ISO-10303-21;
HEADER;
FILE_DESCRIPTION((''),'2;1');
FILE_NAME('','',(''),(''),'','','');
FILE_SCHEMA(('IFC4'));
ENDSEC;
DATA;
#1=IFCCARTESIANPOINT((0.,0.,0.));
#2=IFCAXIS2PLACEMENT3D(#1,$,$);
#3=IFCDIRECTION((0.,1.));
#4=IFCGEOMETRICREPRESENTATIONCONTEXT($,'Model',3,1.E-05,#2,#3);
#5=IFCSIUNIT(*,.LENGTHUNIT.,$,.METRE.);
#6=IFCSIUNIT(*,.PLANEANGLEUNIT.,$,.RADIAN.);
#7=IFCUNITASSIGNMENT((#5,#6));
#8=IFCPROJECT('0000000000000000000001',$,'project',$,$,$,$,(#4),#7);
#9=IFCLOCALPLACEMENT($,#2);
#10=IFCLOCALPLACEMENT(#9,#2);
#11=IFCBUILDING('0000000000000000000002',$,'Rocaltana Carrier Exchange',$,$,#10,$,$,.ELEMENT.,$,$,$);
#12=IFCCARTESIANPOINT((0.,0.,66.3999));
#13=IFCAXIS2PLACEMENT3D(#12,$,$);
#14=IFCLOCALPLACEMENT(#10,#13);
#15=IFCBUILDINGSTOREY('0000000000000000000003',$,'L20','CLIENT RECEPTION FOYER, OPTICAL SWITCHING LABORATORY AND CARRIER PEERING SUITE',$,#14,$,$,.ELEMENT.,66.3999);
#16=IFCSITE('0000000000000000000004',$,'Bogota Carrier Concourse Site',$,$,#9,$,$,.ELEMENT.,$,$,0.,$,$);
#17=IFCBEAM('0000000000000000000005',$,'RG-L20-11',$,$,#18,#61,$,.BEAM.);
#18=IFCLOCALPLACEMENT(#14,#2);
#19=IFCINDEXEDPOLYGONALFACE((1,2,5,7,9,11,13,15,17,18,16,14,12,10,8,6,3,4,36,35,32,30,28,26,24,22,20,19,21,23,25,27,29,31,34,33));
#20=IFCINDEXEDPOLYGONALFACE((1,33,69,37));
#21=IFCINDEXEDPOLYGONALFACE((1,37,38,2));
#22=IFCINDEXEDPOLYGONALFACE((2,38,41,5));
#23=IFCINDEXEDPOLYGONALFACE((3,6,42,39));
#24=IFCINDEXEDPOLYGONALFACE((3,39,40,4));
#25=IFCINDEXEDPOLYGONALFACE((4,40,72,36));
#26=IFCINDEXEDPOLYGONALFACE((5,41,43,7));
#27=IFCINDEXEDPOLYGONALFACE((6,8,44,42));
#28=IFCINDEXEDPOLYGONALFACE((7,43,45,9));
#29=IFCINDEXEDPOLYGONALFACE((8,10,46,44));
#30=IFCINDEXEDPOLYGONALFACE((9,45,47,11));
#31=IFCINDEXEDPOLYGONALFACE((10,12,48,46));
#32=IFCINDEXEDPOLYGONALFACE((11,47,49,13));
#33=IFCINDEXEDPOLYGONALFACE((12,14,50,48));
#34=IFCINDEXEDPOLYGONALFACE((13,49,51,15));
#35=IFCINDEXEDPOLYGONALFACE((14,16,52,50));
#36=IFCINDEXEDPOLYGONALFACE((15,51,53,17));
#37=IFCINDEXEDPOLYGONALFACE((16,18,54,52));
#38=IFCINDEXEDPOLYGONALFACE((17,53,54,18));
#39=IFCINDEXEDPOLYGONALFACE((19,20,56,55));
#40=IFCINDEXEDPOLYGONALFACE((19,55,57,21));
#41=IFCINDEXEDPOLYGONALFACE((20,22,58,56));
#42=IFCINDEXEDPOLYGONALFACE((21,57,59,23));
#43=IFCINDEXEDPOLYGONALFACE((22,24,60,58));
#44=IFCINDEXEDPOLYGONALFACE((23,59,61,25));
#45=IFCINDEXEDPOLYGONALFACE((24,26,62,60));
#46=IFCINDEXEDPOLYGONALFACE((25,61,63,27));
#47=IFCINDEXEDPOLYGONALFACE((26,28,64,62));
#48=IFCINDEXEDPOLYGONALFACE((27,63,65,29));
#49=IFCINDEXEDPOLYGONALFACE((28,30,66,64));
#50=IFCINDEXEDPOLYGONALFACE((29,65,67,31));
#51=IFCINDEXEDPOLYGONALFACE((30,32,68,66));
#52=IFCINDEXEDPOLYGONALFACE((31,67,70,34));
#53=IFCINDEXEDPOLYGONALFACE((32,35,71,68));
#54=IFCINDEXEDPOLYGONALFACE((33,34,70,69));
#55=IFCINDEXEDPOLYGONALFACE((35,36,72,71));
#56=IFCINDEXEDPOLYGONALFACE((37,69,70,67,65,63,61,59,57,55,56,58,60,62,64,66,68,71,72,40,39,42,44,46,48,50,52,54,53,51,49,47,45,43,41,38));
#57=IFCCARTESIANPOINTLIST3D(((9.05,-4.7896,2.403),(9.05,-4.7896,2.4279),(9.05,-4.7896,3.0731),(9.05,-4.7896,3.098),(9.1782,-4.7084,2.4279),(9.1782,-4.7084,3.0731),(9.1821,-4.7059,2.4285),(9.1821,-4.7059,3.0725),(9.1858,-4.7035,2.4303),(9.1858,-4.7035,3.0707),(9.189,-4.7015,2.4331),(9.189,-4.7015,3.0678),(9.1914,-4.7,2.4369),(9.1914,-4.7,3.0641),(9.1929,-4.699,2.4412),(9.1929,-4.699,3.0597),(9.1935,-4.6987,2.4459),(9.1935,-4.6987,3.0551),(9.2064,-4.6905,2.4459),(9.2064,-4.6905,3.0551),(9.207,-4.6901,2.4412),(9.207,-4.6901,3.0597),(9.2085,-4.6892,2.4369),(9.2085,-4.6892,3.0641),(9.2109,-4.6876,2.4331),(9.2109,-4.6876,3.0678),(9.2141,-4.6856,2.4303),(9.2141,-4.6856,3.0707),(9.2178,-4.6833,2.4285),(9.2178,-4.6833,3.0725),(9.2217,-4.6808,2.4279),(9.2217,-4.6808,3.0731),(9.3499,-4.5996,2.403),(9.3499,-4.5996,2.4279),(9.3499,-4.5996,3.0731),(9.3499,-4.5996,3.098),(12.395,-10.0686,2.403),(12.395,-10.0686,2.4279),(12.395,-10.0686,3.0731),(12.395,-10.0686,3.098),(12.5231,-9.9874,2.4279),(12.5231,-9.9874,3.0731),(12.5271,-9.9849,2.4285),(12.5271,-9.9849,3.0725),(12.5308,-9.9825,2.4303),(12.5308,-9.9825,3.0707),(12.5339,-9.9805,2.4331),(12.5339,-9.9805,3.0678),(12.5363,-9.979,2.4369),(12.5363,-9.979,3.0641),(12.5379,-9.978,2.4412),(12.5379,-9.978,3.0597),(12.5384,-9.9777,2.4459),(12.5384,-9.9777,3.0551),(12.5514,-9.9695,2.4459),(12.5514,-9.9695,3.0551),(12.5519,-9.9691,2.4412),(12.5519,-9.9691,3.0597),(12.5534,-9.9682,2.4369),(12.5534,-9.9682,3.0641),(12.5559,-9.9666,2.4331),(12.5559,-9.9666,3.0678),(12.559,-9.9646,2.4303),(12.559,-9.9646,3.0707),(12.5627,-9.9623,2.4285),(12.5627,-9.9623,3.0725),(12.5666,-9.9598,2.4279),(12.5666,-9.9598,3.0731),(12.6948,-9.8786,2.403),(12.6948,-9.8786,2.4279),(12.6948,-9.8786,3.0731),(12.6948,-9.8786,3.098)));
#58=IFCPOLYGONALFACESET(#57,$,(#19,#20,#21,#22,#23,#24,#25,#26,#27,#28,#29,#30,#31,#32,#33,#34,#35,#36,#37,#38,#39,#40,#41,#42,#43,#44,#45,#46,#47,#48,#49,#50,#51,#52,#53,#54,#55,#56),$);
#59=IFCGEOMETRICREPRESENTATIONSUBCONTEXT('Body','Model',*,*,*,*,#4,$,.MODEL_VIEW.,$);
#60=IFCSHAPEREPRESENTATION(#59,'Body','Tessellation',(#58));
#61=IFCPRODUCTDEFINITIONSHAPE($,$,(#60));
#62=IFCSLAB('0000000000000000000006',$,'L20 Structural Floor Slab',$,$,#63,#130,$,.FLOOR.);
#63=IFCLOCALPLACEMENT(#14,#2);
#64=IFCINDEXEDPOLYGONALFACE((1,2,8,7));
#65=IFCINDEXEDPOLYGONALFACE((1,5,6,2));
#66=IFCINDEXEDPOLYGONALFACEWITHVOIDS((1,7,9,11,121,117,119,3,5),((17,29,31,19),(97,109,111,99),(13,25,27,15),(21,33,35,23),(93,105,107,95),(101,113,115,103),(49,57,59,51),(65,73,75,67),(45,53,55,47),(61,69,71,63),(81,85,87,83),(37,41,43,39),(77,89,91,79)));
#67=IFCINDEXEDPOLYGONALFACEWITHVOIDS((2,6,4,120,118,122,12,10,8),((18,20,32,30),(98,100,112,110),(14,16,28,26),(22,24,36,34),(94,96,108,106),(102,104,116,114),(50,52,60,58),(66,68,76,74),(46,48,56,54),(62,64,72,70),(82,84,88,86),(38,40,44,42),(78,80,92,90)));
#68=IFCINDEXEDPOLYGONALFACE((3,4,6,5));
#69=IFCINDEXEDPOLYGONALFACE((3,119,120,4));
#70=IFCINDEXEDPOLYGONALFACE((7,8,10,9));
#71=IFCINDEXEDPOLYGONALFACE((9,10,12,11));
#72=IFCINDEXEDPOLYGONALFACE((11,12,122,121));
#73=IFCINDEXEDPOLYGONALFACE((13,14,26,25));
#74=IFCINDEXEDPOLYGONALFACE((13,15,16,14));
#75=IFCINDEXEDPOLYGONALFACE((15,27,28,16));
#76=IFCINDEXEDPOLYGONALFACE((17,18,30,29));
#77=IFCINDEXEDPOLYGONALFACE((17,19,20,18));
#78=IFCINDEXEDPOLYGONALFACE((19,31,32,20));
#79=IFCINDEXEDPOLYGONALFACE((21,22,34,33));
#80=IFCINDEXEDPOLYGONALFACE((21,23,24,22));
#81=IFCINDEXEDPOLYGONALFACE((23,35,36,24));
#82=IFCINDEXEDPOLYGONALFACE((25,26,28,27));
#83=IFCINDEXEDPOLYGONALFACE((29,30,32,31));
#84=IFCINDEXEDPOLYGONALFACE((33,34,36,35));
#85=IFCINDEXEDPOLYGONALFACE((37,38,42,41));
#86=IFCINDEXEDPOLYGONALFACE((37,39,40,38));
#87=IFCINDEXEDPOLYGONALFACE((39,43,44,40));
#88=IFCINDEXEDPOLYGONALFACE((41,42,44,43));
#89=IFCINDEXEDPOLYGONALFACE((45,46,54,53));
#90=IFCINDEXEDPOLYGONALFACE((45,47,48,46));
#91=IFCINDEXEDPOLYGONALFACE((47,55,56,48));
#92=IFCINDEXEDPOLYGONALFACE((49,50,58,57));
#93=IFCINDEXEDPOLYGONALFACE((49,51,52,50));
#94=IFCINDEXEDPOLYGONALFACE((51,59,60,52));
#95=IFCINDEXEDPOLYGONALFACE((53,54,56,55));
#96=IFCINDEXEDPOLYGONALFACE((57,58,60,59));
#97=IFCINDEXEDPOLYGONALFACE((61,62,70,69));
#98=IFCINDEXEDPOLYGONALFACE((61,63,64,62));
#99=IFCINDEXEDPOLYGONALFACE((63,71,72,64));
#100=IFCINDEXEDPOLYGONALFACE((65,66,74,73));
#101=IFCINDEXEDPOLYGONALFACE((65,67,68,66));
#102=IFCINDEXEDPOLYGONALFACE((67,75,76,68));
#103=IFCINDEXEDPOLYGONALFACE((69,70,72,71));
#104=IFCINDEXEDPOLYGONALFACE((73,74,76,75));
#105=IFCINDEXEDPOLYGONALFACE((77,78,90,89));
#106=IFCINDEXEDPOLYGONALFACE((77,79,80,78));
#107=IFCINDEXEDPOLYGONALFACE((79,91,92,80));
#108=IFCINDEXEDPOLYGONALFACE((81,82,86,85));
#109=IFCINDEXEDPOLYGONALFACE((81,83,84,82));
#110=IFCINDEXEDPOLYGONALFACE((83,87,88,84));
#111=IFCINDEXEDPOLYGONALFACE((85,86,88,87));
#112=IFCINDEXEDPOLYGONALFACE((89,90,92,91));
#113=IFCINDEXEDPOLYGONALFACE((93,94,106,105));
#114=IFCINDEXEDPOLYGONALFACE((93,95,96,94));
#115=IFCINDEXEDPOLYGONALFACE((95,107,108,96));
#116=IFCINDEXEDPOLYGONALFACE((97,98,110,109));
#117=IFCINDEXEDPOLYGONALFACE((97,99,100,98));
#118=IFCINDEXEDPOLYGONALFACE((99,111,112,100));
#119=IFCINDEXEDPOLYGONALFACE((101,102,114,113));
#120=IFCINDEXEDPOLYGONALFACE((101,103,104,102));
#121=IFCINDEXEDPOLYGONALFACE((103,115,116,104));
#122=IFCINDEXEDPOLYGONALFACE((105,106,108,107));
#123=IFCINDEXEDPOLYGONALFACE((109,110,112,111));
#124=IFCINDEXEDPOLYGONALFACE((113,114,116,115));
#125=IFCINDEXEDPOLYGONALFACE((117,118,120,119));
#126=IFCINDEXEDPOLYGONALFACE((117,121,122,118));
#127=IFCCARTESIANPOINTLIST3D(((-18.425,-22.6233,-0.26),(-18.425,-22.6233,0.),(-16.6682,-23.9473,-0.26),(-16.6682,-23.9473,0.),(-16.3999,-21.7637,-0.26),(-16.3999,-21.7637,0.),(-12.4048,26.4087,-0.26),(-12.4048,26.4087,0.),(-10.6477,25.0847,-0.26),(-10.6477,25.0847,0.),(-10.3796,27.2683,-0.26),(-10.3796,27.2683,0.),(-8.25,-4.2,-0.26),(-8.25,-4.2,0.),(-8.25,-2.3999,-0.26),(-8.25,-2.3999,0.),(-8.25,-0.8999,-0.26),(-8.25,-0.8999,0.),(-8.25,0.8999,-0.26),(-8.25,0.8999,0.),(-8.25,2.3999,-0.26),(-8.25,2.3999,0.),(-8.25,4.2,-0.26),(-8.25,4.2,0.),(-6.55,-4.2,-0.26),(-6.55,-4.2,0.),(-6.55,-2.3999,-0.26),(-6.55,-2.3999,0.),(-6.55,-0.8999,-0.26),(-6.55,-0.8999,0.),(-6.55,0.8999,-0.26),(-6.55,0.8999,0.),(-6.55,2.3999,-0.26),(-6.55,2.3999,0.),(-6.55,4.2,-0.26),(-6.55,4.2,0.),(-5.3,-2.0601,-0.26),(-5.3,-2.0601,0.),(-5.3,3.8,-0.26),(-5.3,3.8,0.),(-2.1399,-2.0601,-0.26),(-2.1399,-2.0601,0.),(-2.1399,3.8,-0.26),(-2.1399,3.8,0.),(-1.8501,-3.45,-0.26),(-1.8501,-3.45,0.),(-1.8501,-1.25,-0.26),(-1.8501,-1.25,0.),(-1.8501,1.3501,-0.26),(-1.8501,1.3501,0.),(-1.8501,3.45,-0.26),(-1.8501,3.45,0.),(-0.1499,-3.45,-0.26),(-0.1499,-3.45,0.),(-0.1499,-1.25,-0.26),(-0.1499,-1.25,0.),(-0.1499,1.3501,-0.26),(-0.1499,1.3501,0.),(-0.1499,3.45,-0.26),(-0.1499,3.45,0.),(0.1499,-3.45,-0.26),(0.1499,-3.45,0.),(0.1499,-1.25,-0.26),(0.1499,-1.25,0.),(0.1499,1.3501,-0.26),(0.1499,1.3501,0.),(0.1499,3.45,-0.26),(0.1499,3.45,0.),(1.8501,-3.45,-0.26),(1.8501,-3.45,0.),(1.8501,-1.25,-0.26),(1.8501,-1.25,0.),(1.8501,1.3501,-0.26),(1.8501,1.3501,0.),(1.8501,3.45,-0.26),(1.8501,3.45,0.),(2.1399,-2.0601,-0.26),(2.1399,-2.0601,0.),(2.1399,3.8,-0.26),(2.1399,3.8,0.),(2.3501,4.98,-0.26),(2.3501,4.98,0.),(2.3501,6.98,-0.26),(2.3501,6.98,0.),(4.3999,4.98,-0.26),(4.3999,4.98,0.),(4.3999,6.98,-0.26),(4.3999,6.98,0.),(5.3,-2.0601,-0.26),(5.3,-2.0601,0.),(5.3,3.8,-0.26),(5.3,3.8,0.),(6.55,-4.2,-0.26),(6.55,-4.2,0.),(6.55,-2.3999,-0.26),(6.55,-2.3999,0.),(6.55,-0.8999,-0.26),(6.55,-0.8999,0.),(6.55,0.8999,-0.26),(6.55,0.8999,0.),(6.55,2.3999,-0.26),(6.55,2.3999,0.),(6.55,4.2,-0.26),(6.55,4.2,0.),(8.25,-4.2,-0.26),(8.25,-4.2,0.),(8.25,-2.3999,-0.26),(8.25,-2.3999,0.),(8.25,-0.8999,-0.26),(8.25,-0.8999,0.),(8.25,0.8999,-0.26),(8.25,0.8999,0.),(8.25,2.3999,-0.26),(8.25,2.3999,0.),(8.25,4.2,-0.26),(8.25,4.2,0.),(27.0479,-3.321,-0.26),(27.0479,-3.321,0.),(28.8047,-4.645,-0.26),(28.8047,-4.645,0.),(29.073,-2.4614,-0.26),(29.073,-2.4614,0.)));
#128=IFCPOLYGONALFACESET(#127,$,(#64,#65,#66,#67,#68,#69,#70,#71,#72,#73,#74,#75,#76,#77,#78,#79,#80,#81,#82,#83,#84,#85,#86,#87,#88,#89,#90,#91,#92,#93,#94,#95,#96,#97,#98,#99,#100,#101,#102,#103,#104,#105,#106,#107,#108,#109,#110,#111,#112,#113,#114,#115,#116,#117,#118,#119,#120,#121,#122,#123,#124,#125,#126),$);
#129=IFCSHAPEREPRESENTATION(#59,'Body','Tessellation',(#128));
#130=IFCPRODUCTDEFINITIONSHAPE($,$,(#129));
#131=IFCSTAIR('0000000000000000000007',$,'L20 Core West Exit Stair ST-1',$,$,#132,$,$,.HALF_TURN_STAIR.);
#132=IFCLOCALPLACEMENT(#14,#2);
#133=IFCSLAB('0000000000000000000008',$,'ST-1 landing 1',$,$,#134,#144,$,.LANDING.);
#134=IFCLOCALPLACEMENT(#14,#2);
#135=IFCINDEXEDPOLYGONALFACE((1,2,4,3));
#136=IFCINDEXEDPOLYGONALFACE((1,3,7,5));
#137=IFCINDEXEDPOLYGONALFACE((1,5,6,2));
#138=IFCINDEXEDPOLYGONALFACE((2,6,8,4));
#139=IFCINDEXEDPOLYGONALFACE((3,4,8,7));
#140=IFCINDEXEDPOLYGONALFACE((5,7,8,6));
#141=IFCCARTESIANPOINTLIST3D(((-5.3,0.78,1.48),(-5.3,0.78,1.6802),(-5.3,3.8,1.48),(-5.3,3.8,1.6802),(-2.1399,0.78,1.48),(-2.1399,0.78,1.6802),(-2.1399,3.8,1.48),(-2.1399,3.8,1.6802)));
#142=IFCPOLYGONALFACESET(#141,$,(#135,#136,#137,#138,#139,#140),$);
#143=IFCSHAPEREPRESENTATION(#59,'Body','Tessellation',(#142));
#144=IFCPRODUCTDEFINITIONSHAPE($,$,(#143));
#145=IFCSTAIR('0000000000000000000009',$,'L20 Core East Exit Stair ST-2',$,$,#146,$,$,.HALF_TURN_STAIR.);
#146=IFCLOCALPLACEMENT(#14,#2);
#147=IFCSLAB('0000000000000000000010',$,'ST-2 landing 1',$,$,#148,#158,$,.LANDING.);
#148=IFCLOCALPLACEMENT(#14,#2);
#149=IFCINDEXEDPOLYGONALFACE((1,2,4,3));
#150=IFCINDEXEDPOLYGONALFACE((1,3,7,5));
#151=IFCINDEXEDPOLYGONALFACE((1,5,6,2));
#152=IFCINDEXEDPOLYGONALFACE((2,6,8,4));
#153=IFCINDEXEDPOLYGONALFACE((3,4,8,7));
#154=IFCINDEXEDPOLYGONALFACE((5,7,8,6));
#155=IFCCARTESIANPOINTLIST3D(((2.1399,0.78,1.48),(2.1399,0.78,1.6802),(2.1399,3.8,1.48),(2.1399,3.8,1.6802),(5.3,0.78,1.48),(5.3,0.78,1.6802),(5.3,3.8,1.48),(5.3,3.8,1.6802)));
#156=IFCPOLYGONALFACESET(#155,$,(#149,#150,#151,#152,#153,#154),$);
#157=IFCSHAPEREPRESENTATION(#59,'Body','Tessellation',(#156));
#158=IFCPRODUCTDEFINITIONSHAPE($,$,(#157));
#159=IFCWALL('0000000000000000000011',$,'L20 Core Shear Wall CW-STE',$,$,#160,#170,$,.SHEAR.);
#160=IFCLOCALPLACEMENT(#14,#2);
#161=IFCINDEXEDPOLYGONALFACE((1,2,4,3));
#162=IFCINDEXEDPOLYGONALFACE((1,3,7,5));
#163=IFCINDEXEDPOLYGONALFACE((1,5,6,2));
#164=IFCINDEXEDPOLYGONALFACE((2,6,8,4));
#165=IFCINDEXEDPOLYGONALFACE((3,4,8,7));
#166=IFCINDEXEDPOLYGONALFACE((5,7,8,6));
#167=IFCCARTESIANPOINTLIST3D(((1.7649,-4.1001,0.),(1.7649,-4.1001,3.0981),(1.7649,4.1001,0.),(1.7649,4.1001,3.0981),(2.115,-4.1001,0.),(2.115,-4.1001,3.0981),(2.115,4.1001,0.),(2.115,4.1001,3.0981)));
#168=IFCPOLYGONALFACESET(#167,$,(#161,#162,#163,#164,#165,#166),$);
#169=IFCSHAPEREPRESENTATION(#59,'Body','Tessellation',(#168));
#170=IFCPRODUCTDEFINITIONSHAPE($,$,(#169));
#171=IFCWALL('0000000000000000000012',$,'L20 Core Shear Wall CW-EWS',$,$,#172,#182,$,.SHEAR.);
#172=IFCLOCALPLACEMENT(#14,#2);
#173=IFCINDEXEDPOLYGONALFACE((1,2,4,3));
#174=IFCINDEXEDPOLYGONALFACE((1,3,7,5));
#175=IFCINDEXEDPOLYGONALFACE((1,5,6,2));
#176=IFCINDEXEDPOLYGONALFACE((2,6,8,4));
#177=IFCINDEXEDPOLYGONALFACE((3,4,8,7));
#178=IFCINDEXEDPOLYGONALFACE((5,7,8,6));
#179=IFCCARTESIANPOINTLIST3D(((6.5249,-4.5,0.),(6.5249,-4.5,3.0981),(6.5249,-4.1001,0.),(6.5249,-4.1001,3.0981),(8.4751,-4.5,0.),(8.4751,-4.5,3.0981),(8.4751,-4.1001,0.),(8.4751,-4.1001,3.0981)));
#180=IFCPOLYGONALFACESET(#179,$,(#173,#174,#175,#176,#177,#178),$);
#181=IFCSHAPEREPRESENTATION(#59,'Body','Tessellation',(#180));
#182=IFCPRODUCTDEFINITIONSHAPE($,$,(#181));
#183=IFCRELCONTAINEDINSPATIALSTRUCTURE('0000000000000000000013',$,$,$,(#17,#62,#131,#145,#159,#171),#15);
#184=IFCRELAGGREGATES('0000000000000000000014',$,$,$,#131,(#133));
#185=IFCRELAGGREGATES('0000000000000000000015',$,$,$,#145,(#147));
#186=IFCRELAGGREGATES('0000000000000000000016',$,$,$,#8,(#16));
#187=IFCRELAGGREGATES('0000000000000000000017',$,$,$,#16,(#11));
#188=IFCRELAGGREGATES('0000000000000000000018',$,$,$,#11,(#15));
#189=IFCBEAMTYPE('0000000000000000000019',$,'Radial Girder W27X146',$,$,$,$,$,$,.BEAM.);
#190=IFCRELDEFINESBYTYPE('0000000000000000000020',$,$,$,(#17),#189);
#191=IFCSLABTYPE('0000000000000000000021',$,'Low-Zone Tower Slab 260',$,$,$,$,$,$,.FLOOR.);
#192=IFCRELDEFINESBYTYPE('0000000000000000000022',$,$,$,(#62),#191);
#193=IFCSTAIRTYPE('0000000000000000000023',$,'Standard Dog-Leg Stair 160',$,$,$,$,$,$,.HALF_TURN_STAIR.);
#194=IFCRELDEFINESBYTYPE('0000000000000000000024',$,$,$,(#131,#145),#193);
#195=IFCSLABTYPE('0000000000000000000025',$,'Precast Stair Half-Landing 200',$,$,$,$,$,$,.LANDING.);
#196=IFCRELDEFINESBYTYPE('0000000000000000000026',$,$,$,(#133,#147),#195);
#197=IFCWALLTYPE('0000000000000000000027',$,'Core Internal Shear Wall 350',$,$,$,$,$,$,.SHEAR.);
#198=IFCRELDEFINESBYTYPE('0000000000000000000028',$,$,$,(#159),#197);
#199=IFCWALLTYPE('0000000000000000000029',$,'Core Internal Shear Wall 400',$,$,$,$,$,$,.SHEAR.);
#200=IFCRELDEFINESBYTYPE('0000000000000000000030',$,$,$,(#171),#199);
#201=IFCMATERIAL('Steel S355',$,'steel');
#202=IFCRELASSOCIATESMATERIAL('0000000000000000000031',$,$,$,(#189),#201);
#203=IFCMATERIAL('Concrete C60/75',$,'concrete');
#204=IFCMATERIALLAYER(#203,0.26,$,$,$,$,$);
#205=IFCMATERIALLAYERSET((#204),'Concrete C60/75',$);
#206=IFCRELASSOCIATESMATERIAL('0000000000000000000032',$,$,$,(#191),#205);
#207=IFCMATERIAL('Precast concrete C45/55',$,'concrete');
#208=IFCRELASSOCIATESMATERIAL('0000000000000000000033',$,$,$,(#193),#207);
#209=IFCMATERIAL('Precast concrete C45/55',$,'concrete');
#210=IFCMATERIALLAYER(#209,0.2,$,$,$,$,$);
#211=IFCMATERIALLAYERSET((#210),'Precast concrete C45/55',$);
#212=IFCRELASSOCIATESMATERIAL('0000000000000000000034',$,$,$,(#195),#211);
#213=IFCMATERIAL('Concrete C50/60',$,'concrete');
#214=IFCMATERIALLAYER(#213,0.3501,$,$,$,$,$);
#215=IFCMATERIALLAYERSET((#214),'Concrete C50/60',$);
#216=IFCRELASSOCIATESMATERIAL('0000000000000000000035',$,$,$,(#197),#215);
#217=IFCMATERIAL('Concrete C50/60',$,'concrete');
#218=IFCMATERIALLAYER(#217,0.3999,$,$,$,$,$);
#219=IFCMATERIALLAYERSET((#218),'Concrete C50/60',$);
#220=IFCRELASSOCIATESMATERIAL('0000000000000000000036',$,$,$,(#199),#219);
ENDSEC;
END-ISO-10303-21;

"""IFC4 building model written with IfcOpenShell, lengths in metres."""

from ifc_helpers import new_model, si_unit, direction, frame, frame_2d, origin, origin_2d, place, context, subcontext, project, spatial, polyline, rectangle, i_section, outline, extrude, material, layer, layer_set, material_profile, profile_set, type_object, element, aggregate, save


model = new_model("IFC4")

# Units and contexts
model_context = context("Model", 3, precision=1e-05, world=origin(), true_north=direction((0.0, 1.0)))
body_context = subcontext(model_context, "Body", "Model", "MODEL_VIEW")
ifc_project = project(units=[si_unit("LENGTHUNIT", "METRE"), si_unit("PLANEANGLEUNIT", "RADIAN")], contexts=[model_context])

# Site, building, storey
site_placement = place(None, origin())
site = spatial("IfcSite", under=ifc_project, at=site_placement, Name="Bogota Carrier Concourse Site", CompositionType="ELEMENT", RefElevation=0.0)
building_placement = place(site_placement, origin())
building = spatial("IfcBuilding", under=site, at=building_placement, Name="Rocaltana Carrier Exchange", CompositionType="ELEMENT")
storey_placement = place(building_placement, frame((0.0, 0.0, 66.3999)))
storey = spatial("IfcBuildingStorey", under=building, at=storey_placement, Name="L20", Description="CLIENT RECEPTION FOYER, OPTICAL SWITCHING LABORATORY AND CARRIER PEERING SUITE", CompositionType="ELEMENT", Elevation=66.3999)

# Beam
ifc_material_1 = material(Name="Steel S355", Category="steel")
ifc_material_profile_1 = material_profile(ifc_material_1, i_section(OverallWidth=0.355, OverallDepth=0.6951, WebThickness=0.0154, FlangeThickness=0.0249, FilletRadius=0.0181, at=origin_2d()), Name="W27X146")
ifc_profile_set_1 = profile_set([ifc_material_profile_1], Name="Steel S355")
beam_type = type_object("IfcBeamType", Name="Radial Girder W27X146", PredefinedType="BEAM", material=ifc_profile_set_1)
beam_placement = place(storey_placement, frame((9.2, -4.6946, 2.7505), z_axis=(0.535231, -0.844705, 0.0), x_axis=(0.844705, 0.535231, 0.0)))
element("IfcBeam", 1, at=beam_placement, inside=storey, type_object=beam_type, Name="RG-L20-11", PredefinedType="BEAM", context=body_context, shape_type="SweptSolid", body=[
    extrude(i_section(OverallWidth=0.355, OverallDepth=0.6951, WebThickness=0.0154, FlangeThickness=0.0249, FilletRadius=0.0181, at=origin_2d()), origin(), (0.0, 0.0, 1.0), 6.2495),
])

# Slab
ifc_material_2 = material(Name="Concrete C60/75", Category="concrete")
ifc_layer_1 = layer(ifc_material_2, 0.26)
ifc_layer_set_1 = layer_set([ifc_layer_1], Name="Concrete C60/75")
slab_type_1 = type_object("IfcSlabType", Name="Low-Zone Tower Slab 260", PredefinedType="FLOOR", material=ifc_layer_set_1)
slab_1_placement = place(storey_placement, frame((0.0, 0.0, -0.26)))
element("IfcSlab", 2, at=slab_1_placement, inside=storey, type_object=slab_type_1, Name="L20 Structural Floor Slab", PredefinedType="FLOOR", context=body_context, shape_type="SweptSolid", body=[
    extrude(outline(polyline([(28.8047, -4.645), (27.0479, -3.321), (29.073, -2.4614), (-10.3796, 27.2683), (-10.6477, 25.0847), (-12.4048, 26.4087), (-18.425, -22.6233), (-16.3999, -21.7637), (-16.6682, -23.9473), (28.8047, -4.645)]), holes=[polyline([(-5.3, -2.0601), (-2.1399, -2.0601), (-2.1399, 3.8), (-5.3, 3.8), (-5.3, -2.0601)]), polyline([(2.1399, -2.0601), (5.3, -2.0601), (5.3, 3.8), (2.1399, 3.8), (2.1399, -2.0601)]), polyline([(-1.8501, -3.45), (-0.1499, -3.45), (-0.1499, -1.25), (-1.8501, -1.25), (-1.8501, -3.45)]), polyline([(0.1499, -3.45), (1.8501, -3.45), (1.8501, -1.25), (0.1499, -1.25), (0.1499, -3.45)]), polyline([(2.3501, 4.98), (4.3999, 4.98), (4.3999, 6.98), (2.3501, 6.98), (2.3501, 4.98)]), polyline([(-1.8501, 1.3501), (-0.1499, 1.3501), (-0.1499, 3.45), (-1.8501, 3.45), (-1.8501, 1.3501)]), polyline([(0.1499, 1.3501), (1.8501, 1.3501), (1.8501, 3.45), (0.1499, 3.45), (0.1499, 1.3501)]), polyline([(-8.25, -4.2), (-6.55, -4.2), (-6.55, -2.3999), (-8.25, -2.3999), (-8.25, -4.2)]), polyline([(-8.25, -0.8999), (-6.55, -0.8999), (-6.55, 0.8999), (-8.25, 0.8999), (-8.25, -0.8999)]), polyline([(-8.25, 2.3999), (-6.55, 2.3999), (-6.55, 4.2), (-8.25, 4.2), (-8.25, 2.3999)]), polyline([(6.55, -4.2), (8.25, -4.2), (8.25, -2.3999), (6.55, -2.3999), (6.55, -4.2)]), polyline([(6.55, -0.8999), (8.25, -0.8999), (8.25, 0.8999), (6.55, 0.8999), (6.55, -0.8999)]), polyline([(6.55, 2.3999), (8.25, 2.3999), (8.25, 4.2), (6.55, 4.2), (6.55, 2.3999)])]), origin(), (0.0, 0.0, 1.0), 0.26),
])

# Stairs, slabs
ifc_material_3 = material(Name="Precast concrete C45/55", Category="concrete")
stair_type = type_object("IfcStairType", Name="Standard Dog-Leg Stair 160", PredefinedType="HALF_TURN_STAIR", material=ifc_material_3)
stair_1_placement = place(storey_placement, origin())
stair_1 = element("IfcStair", 3, at=stair_1_placement, inside=storey, type_object=stair_type, Name="L20 Core West Exit Stair ST-1", PredefinedType="HALF_TURN_STAIR")
ifc_material_4 = material(Name="Precast concrete C45/55", Category="concrete")
ifc_layer_2 = layer(ifc_material_4, 0.2)
ifc_layer_set_2 = layer_set([ifc_layer_2], Name="Precast concrete C45/55")
slab_type_2 = type_object("IfcSlabType", Name="Precast Stair Half-Landing 200", PredefinedType="LANDING", material=ifc_layer_set_2)
slab_2_placement = place(storey_placement, frame((0.0, 0.0, 1.48)))
slab_2 = element("IfcSlab", 4, at=slab_2_placement, type_object=slab_type_2, Name="ST-1 landing 1", PredefinedType="LANDING", context=body_context, shape_type="SweptSolid", body=[
    extrude(outline(polyline([(-2.1399, 0.78), (-2.1399, 3.8), (-5.3, 3.8), (-5.3, 0.78), (-2.1399, 0.78)])), origin(), (0.0, 0.0, 1.0), 0.2002),
])
aggregate(stair_1, [slab_2])
stair_2_placement = place(storey_placement, origin())
stair_2 = element("IfcStair", 5, at=stair_2_placement, inside=storey, type_object=stair_type, Name="L20 Core East Exit Stair ST-2", PredefinedType="HALF_TURN_STAIR")
slab_3_placement = place(storey_placement, frame((0.0, 0.0, 1.48)))
slab_3 = element("IfcSlab", 6, at=slab_3_placement, type_object=slab_type_2, Name="ST-2 landing 1", PredefinedType="LANDING", context=body_context, shape_type="SweptSolid", body=[
    extrude(outline(polyline([(5.3, 0.78), (5.3, 3.8), (2.1399, 3.8), (2.1399, 0.78), (5.3, 0.78)])), origin(), (0.0, 0.0, 1.0), 0.2002),
])

# Walls
ifc_material_5 = material(Name="Concrete C50/60", Category="concrete")
ifc_layer_3 = layer(ifc_material_5, 0.3501)
ifc_layer_set_3 = layer_set([ifc_layer_3], Name="Concrete C50/60")
wall_type_1 = type_object("IfcWallType", Name="Core Internal Shear Wall 350", PredefinedType="SHEAR", material=ifc_layer_set_3)
wall_1_placement = place(storey_placement, frame((1.9399, -4.1001, 0.0), z_axis=(0.0, 0.0, 1.0), x_axis=(0.0, 1.0, 0.0)))
element("IfcWall", 7, at=wall_1_placement, inside=storey, type_object=wall_type_1, Name="L20 Core Shear Wall CW-STE", PredefinedType="SHEAR", context=body_context, shape_type="SweptSolid", body=[
    extrude(rectangle(XDim=8.2002, YDim=0.3501, at=frame_2d((4.1001, 0.0))), origin(), (0.0, 0.0, 1.0), 3.0981),
])
ifc_material_6 = material(Name="Concrete C50/60", Category="concrete")
ifc_layer_4 = layer(ifc_material_6, 0.3999)
ifc_layer_set_4 = layer_set([ifc_layer_4], Name="Concrete C50/60")
wall_type_2 = type_object("IfcWallType", Name="Core Internal Shear Wall 400", PredefinedType="SHEAR", material=ifc_layer_set_4)
wall_2_placement = place(storey_placement, frame((6.5249, -4.3, 0.0), z_axis=(0.0, 0.0, 1.0), x_axis=(1.0, 0.0, 0.0)))
element("IfcWall", 8, at=wall_2_placement, inside=storey, type_object=wall_type_2, Name="L20 Core Shear Wall CW-EWS", PredefinedType="SHEAR", context=body_context, shape_type="SweptSolid", body=[
    extrude(rectangle(XDim=1.9502, YDim=0.3999, at=frame_2d((0.9751, 0.0))), origin(), (0.0, 0.0, 1.0), 3.0981),
])

aggregate(stair_2, [slab_3])

save(model, "model.ifc")
